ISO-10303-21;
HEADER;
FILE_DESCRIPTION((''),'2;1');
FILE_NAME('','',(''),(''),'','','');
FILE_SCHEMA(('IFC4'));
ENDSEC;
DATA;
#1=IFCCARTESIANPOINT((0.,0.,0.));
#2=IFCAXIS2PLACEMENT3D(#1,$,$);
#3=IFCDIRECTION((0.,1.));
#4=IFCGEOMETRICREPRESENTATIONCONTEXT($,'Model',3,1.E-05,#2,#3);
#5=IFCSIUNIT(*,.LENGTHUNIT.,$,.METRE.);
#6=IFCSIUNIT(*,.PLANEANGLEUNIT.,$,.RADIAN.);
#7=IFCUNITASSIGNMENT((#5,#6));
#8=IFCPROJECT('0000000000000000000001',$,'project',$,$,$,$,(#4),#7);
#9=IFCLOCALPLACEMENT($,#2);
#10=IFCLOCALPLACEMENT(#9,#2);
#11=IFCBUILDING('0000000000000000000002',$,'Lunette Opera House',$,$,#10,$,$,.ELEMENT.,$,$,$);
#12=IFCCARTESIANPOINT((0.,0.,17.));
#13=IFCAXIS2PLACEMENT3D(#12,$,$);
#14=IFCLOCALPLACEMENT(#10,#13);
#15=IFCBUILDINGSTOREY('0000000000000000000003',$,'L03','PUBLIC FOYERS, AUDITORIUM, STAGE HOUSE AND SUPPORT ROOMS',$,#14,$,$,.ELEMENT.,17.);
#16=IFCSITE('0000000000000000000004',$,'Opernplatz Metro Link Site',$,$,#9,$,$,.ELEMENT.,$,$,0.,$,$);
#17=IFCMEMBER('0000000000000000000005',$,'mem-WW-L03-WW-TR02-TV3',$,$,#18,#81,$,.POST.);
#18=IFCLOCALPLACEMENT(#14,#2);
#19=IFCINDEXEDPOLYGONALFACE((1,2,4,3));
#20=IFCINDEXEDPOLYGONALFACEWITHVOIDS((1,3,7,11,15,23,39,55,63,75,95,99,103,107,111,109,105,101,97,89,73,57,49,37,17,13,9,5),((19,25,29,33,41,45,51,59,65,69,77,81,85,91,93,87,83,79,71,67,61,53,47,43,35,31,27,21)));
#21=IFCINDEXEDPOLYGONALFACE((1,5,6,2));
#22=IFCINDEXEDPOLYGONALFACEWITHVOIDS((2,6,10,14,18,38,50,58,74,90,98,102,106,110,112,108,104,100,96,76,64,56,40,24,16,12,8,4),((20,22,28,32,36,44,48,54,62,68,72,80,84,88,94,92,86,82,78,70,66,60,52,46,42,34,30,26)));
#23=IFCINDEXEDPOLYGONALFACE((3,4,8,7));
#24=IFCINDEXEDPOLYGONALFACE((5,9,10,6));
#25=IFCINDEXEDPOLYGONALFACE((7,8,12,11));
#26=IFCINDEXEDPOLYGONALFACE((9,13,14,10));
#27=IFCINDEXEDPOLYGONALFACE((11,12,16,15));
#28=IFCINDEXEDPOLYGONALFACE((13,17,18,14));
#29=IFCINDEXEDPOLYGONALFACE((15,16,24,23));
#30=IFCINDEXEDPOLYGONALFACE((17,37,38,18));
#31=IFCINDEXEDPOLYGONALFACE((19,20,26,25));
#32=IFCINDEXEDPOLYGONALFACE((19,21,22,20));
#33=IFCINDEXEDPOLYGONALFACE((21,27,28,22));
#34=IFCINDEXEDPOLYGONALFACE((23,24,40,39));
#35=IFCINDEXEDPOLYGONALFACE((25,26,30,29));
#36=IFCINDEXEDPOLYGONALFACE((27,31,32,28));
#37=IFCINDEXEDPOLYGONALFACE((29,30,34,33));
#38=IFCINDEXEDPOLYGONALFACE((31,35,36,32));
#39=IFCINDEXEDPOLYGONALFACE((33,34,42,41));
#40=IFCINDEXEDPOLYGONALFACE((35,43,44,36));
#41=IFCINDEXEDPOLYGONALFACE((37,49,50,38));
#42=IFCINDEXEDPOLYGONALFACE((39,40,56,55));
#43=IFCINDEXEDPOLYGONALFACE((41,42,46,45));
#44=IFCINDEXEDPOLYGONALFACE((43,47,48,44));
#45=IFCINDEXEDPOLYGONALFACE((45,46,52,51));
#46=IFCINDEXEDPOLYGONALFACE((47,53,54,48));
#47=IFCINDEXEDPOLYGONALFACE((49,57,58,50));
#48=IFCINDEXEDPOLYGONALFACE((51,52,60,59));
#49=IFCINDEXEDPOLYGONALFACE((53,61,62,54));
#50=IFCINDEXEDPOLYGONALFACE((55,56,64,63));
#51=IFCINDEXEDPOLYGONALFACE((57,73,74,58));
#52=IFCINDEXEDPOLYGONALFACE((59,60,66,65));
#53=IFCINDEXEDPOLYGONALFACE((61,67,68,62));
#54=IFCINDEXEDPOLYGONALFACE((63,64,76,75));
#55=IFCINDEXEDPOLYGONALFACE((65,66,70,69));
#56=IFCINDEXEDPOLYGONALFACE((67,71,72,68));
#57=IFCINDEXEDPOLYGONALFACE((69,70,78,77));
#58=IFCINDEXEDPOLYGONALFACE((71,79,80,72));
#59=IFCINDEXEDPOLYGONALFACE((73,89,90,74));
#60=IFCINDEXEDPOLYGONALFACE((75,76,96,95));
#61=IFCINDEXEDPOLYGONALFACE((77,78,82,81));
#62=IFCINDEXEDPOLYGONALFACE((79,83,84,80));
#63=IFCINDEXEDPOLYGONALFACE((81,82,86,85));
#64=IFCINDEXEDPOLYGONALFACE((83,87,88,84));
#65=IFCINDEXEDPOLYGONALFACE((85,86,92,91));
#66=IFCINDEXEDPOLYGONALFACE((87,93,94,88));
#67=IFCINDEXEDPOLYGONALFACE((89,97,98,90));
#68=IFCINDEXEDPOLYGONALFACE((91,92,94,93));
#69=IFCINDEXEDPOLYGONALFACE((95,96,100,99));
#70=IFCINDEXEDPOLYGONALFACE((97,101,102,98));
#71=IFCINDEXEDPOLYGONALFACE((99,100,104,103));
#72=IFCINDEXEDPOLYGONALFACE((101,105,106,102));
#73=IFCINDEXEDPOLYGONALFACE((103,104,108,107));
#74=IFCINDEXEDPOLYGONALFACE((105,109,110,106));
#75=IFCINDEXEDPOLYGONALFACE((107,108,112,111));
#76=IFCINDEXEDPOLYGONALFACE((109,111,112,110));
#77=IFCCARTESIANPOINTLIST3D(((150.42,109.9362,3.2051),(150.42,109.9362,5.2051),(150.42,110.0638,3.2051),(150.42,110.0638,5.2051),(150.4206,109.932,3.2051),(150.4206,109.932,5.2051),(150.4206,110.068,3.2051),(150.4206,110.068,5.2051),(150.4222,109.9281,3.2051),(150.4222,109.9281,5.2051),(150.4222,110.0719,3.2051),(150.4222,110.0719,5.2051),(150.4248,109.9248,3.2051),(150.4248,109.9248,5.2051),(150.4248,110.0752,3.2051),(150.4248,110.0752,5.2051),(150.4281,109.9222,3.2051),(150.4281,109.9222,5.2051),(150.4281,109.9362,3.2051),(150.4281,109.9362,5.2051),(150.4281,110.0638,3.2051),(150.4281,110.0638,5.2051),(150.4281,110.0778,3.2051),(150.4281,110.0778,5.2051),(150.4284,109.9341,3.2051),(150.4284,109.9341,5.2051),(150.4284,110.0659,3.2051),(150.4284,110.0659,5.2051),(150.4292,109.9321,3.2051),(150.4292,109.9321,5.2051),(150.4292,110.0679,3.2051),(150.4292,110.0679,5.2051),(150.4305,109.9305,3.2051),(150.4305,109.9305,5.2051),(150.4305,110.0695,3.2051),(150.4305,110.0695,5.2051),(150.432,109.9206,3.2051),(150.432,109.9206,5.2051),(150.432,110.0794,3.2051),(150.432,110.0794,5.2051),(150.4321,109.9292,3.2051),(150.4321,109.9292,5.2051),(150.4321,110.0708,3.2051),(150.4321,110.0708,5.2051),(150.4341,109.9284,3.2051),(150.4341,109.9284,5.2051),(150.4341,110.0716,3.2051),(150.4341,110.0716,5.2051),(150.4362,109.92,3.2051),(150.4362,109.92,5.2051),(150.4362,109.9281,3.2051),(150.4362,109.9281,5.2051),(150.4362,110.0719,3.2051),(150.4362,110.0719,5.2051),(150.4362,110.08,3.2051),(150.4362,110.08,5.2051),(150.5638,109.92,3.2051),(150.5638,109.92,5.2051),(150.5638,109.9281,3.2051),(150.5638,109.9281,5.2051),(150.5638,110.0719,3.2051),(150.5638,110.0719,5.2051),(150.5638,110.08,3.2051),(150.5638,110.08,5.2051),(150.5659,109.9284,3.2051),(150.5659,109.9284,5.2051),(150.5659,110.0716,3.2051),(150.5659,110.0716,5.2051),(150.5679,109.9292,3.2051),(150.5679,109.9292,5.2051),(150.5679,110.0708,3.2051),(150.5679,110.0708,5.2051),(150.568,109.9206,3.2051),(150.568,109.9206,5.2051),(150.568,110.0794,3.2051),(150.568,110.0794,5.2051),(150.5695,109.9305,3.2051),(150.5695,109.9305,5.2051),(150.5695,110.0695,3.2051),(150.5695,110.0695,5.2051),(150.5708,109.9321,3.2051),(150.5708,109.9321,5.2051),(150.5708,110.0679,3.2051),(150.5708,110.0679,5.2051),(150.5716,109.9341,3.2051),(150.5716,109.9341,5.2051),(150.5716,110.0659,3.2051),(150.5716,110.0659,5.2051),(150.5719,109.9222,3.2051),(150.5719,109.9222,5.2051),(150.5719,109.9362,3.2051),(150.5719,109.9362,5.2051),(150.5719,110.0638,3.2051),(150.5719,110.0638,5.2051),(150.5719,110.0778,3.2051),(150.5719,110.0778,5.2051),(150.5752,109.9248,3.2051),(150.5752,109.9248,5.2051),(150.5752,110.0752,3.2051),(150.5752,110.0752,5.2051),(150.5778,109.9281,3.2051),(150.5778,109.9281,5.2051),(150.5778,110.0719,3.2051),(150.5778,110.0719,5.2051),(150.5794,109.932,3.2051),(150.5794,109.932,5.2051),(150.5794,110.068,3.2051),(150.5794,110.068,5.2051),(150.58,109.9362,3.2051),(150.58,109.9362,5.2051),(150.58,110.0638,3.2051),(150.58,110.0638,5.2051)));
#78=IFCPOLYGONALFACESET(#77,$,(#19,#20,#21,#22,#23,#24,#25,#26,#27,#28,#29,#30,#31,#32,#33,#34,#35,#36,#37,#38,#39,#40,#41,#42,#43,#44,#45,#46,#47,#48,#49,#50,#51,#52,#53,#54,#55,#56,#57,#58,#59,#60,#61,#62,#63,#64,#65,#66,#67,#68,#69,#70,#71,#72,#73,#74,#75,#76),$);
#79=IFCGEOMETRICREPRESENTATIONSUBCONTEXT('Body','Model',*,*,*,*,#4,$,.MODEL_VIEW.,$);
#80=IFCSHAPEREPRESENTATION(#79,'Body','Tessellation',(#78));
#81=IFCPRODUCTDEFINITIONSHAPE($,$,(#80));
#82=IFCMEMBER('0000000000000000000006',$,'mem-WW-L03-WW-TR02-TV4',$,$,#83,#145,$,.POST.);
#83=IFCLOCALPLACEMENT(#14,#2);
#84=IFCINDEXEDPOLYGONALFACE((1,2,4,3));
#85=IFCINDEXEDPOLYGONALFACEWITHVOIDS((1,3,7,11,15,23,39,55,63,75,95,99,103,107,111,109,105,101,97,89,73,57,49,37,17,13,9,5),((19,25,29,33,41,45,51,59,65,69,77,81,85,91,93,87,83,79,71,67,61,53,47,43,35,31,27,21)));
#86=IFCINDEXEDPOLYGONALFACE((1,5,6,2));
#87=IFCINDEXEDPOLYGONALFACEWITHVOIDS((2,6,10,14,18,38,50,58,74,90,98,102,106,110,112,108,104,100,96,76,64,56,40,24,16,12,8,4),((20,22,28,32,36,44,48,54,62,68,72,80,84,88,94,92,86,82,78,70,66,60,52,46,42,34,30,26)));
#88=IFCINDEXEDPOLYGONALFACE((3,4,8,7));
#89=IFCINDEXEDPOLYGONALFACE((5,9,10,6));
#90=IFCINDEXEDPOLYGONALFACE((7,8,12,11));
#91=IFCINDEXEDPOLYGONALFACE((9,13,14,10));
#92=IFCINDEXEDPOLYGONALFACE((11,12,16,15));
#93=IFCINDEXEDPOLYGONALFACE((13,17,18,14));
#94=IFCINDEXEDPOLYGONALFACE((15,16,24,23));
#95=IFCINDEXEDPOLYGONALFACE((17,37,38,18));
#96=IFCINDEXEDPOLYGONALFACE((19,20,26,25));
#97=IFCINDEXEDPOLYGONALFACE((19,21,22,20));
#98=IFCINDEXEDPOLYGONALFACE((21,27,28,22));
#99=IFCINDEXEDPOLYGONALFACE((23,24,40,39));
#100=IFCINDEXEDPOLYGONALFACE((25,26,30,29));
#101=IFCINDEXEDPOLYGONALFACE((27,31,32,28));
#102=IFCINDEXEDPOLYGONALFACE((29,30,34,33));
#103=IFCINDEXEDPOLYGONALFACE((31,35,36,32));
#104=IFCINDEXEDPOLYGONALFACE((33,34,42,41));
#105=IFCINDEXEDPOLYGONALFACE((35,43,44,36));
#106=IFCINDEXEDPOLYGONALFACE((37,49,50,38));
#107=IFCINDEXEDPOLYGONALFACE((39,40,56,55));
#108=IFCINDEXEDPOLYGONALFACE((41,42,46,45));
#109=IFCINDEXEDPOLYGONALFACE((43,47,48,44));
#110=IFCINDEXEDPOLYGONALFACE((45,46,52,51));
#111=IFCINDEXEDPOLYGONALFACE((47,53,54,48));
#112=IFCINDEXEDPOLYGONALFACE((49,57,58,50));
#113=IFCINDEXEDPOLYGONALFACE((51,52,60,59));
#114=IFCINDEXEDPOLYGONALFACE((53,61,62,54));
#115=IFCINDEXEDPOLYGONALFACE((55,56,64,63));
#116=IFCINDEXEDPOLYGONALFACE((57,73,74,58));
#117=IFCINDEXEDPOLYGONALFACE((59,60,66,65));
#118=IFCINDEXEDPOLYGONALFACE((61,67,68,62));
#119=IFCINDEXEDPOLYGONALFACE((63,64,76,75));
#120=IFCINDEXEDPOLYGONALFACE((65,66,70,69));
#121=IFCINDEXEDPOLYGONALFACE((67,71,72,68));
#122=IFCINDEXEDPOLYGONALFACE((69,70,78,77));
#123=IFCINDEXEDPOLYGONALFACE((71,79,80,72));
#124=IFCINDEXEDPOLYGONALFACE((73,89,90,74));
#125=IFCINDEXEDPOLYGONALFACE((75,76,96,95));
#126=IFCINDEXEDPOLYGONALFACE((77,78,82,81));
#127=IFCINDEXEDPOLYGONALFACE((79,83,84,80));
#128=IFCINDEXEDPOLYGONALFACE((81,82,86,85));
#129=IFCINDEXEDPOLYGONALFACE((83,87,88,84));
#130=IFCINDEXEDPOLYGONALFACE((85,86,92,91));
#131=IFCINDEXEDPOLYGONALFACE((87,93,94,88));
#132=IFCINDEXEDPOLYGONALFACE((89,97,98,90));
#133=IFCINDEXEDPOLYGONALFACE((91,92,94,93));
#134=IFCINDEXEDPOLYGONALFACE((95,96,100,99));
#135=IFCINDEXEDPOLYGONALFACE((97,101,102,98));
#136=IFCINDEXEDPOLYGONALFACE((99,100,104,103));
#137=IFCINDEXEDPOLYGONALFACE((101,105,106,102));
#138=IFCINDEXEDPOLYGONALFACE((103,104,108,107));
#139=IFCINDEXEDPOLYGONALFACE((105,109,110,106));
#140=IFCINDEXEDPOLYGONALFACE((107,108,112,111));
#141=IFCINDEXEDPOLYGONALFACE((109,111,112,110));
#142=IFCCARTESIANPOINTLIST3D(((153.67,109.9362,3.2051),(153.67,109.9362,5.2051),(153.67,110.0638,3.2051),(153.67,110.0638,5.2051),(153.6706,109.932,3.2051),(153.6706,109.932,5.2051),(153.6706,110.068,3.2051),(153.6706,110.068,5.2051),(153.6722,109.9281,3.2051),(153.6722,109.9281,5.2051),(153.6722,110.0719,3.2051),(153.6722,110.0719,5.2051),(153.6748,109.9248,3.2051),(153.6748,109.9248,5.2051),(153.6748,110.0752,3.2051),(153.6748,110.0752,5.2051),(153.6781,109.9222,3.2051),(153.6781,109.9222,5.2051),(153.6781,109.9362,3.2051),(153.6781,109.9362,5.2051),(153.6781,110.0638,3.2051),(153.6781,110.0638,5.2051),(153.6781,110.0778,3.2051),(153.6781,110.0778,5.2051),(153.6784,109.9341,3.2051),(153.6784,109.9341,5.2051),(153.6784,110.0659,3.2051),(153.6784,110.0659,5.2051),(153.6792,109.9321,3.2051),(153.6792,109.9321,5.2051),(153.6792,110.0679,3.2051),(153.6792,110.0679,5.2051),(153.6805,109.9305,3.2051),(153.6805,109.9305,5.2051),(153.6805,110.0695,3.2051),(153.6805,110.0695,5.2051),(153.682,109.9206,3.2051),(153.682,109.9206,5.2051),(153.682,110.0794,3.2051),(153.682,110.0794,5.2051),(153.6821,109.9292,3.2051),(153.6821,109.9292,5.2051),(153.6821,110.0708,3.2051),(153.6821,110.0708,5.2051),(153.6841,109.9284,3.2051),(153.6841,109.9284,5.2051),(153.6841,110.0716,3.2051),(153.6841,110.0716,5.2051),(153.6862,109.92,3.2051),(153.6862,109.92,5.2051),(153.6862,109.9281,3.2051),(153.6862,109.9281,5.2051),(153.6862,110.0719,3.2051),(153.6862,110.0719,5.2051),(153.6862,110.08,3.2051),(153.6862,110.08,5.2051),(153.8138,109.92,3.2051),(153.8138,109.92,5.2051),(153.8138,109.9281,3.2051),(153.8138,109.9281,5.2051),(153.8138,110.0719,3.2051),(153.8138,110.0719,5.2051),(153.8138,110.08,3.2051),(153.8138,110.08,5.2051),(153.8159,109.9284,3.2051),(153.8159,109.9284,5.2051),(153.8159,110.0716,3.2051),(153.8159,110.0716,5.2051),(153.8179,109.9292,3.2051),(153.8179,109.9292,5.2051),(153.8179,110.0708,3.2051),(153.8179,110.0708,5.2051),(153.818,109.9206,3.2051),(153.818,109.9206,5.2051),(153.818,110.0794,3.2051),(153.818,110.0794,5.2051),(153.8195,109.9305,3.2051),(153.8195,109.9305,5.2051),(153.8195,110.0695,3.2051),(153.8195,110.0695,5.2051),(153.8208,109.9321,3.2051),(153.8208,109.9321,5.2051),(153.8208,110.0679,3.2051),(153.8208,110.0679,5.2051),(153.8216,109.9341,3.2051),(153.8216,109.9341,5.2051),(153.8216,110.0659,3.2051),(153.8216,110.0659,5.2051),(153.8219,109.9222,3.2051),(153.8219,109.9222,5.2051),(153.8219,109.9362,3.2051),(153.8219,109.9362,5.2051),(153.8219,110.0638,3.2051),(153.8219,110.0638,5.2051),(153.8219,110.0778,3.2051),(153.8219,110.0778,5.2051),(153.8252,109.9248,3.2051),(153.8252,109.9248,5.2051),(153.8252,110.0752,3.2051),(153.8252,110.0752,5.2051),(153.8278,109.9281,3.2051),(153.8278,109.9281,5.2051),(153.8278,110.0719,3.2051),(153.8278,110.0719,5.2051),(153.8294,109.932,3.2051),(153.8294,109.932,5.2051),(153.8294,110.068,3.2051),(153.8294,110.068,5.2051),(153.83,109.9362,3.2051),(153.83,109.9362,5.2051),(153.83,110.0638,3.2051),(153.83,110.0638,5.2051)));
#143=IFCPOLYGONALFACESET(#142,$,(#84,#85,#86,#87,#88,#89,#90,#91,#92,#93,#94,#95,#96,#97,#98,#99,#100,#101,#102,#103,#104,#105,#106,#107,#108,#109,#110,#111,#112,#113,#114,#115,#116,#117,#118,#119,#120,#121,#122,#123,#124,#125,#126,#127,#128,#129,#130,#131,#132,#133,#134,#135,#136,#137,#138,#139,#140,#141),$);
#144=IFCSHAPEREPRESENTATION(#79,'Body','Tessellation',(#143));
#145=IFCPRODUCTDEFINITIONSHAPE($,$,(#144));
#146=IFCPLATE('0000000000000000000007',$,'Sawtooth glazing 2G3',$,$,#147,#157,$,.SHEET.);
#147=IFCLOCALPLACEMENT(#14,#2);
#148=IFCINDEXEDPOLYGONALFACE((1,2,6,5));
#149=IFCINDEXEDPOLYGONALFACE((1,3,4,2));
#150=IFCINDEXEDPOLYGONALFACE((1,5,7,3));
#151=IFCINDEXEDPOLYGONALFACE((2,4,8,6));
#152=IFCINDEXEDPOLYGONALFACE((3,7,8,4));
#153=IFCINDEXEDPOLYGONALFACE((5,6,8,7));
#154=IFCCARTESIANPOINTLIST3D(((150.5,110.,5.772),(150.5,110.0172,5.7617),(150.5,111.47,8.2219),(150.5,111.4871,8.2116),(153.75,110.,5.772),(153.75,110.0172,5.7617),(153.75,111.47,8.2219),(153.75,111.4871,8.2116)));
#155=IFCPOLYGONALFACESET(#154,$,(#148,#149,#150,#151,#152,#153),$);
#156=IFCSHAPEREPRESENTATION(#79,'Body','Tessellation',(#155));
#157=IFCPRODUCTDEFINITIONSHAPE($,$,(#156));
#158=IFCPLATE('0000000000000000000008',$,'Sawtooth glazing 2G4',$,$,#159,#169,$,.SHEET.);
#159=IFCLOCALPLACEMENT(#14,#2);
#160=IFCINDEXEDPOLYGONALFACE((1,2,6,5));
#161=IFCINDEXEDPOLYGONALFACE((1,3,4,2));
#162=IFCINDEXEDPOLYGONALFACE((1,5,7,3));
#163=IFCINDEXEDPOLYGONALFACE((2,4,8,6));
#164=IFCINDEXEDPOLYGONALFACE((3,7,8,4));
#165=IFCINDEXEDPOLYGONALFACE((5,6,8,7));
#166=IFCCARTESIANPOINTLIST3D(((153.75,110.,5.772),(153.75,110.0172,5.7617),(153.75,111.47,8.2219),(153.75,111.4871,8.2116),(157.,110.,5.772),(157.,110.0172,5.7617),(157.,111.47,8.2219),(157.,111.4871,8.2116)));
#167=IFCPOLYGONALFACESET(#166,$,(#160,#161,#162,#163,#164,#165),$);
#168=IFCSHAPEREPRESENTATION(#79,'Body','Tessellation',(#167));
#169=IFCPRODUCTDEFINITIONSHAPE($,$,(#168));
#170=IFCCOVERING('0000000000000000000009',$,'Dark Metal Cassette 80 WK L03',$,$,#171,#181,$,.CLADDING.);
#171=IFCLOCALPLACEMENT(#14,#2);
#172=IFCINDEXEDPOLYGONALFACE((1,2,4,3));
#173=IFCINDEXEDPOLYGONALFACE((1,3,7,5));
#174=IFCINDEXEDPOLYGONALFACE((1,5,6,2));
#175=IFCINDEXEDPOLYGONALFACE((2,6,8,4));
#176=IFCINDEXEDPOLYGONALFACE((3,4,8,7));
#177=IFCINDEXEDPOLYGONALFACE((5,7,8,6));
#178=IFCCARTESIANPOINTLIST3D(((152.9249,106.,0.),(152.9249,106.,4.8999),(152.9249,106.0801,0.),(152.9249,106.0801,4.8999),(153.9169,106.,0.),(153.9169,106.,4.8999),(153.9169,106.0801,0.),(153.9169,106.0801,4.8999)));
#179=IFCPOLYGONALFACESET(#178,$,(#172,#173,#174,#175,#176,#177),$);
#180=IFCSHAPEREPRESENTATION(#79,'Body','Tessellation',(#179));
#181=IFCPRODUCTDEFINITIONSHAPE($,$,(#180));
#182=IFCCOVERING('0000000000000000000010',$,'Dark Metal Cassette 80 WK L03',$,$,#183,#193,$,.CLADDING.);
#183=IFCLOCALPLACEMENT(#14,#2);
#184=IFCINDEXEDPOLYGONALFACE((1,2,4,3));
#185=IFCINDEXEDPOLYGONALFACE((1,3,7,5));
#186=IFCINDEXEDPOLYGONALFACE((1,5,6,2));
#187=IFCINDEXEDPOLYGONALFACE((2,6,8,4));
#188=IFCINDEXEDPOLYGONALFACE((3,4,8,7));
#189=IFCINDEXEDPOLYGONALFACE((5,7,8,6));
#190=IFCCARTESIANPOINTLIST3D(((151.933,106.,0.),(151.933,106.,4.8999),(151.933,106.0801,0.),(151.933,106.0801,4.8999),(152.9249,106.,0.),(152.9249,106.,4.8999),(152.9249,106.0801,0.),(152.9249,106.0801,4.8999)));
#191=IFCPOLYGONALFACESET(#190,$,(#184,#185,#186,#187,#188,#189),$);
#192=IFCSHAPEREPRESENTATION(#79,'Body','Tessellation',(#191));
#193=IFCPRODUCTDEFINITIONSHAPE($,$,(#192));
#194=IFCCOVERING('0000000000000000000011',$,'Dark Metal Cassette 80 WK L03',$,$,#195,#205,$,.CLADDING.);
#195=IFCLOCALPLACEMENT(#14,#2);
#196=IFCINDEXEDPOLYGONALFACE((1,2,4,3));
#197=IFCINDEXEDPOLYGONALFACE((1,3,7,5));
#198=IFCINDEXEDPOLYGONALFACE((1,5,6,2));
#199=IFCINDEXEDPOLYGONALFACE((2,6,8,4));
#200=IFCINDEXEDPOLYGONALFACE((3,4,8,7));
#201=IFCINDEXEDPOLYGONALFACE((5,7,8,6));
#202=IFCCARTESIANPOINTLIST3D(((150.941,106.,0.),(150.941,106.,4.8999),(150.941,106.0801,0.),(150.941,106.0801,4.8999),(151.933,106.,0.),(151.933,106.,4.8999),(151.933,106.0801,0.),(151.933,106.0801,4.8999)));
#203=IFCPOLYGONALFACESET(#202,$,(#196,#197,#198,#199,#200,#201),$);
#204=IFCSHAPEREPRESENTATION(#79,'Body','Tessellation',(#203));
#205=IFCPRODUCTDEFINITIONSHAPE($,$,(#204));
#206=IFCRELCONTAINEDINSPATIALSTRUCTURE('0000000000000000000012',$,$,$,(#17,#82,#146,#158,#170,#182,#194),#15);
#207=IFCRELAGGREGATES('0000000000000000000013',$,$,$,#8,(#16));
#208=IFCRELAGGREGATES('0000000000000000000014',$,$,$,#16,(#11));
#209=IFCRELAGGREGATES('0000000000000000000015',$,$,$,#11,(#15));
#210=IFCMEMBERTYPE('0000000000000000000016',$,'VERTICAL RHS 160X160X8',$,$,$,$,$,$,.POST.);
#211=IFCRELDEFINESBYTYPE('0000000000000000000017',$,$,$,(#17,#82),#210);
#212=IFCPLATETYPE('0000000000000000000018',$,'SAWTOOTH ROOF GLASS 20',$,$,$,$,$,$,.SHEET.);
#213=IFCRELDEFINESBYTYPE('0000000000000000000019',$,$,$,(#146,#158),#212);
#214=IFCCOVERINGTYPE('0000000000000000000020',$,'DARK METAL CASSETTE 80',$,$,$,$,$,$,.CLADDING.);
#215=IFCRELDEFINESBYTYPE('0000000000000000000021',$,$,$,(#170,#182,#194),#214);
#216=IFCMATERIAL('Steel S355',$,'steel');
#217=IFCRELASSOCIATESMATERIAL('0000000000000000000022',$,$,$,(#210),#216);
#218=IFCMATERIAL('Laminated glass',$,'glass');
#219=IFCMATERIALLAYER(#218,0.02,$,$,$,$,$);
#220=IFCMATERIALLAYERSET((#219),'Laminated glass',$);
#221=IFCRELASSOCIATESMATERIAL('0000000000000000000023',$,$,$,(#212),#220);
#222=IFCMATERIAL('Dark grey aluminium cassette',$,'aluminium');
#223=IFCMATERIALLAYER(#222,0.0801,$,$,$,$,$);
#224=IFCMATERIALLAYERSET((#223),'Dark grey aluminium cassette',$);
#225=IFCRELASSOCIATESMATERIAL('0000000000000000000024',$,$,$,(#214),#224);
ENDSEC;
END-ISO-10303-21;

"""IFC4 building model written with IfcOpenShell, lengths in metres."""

from ifc_helpers import new_model, si_unit, direction, frame, origin, origin_2d, place, context, subcontext, project, spatial, polyline, rectangle, hollow_rectangle, outline, extrude, material, layer, layer_set, material_profile, profile_set, type_object, element, save


model = new_model("IFC4")

# Units and contexts
model_context = context("Model", 3, precision=1e-05, world=origin(), true_north=direction((0.0, 1.0)))
body_context = subcontext(model_context, "Body", "Model", "MODEL_VIEW")
ifc_project = project(units=[si_unit("LENGTHUNIT", "METRE"), si_unit("PLANEANGLEUNIT", "RADIAN")], contexts=[model_context])

# Site, building, storey
site_placement = place(None, origin())
site = spatial("IfcSite", under=ifc_project, at=site_placement, Name="Opernplatz Metro Link Site", CompositionType="ELEMENT", RefElevation=0.0)
building_placement = place(site_placement, origin())
building = spatial("IfcBuilding", under=site, at=building_placement, Name="Lunette Opera House", CompositionType="ELEMENT")
storey_placement = place(building_placement, frame((0.0, 0.0, 17.0)))
storey = spatial("IfcBuildingStorey", under=building, at=storey_placement, Name="L03", Description="PUBLIC FOYERS, AUDITORIUM, STAGE HOUSE AND SUPPORT ROOMS", CompositionType="ELEMENT", Elevation=17.0)

# Members
ifc_material_1 = material(Name="Steel S355", Category="steel")
ifc_material_profile_1 = material_profile(ifc_material_1, hollow_rectangle(XDim=0.1599, YDim=0.1599, WallThickness=0.0081, InnerFilletRadius=0.0081, OuterFilletRadius=0.0161, at=origin_2d()), Name="RHS 160X160X8")
ifc_profile_set_1 = profile_set([ifc_material_profile_1], Name="Steel S355")
member_type_1 = type_object("IfcMemberType", Name="VERTICAL RHS 160X160X8", PredefinedType="POST", material=ifc_profile_set_1)
for number, where, z_axis, x_axis, name in (
    (1, (150.5, 110.0, 3.2051), (0.0, 0.0, 1.0), (1.0, 0.0, 0.0), "mem-WW-L03-WW-TR02-TV3"),
    (2, (153.75, 110.0, 3.2051), (0.0, 0.0, 1.0), (1.0, 0.0, 0.0), "mem-WW-L03-WW-TR02-TV4"),
):
    element("IfcMember", number, at=place(storey_placement, frame(where, z_axis=z_axis, x_axis=x_axis)), inside=storey, type_object=member_type_1, Name=name, PredefinedType="POST", context=body_context, shape_type="SweptSolid", body=[
        extrude(hollow_rectangle(XDim=0.1599, YDim=0.1599, WallThickness=0.0081, InnerFilletRadius=0.0081, OuterFilletRadius=0.0161, at=origin_2d()), origin(), (0.0, 0.0, 1.0), 2.0),
    ])

# Plates
ifc_material_2 = material(Name="Laminated glass", Category="glass")
ifc_layer_1 = layer(ifc_material_2, 0.02)
ifc_layer_set_1 = layer_set([ifc_layer_1], Name="Laminated glass")
plate_type = type_object("IfcPlateType", Name="SAWTOOTH ROOF GLASS 20", PredefinedType="SHEET", material=ifc_layer_set_1)
for number, where, z_axis, x_axis, name in (
    (3, (150.5, 110.0, 5.772), (0.0, -0.857493, 0.514496), (1.0, 0.0, 0.0), "Sawtooth glazing 2G3"),
    (4, (153.75, 110.0, 5.772), (0.0, -0.857493, 0.514496), (1.0, 0.0, 0.0), "Sawtooth glazing 2G4"),
):
    element("IfcPlate", number, at=place(storey_placement, frame(where, z_axis=z_axis, x_axis=x_axis)), inside=storey, type_object=plate_type, Name=name, PredefinedType="SHEET", context=body_context, shape_type="SweptSolid", body=[
        extrude(outline(polyline([(0.0, 0.0), (3.25, 0.0), (3.25, 2.8571), (0.0, 2.8571), (0.0, 0.0)])), origin(), (0.0, 0.0, -1.0), 0.02),
    ])

# Coverings
ifc_material_3 = material(Name="Dark grey aluminium cassette", Category="aluminium")
ifc_layer_2 = layer(ifc_material_3, 0.0801)
ifc_layer_set_2 = layer_set([ifc_layer_2], Name="Dark grey aluminium cassette")
covering_type_1 = type_object("IfcCoveringType", Name="DARK METAL CASSETTE 80", PredefinedType="CLADDING", material=ifc_layer_set_2)
for number, where, z_axis, x_axis, name in (
    (5, (153.4209, 106.04, 0.0), (0.0, 0.0, 1.0), (-1.0, 0.0, 0.0), "Dark Metal Cassette 80 WK L03"),
    (6, (152.429, 106.04, 0.0), (0.0, 0.0, 1.0), (-1.0, 0.0, 0.0), "Dark Metal Cassette 80 WK L03"),
    (7, (151.437, 106.04, 0.0), (0.0, 0.0, 1.0), (-1.0, 0.0, 0.0), "Dark Metal Cassette 80 WK L03"),
):
    element("IfcCovering", number, at=place(storey_placement, frame(where, z_axis=z_axis, x_axis=x_axis)), inside=storey, type_object=covering_type_1, Name=name, PredefinedType="CLADDING", context=body_context, shape_type="SweptSolid", body=[
        extrude(rectangle(XDim=0.9919, YDim=0.0801, at=origin_2d()), origin(), (0.0, 0.0, 1.0), 4.8999),
    ])

save(model, "model.ifc")
